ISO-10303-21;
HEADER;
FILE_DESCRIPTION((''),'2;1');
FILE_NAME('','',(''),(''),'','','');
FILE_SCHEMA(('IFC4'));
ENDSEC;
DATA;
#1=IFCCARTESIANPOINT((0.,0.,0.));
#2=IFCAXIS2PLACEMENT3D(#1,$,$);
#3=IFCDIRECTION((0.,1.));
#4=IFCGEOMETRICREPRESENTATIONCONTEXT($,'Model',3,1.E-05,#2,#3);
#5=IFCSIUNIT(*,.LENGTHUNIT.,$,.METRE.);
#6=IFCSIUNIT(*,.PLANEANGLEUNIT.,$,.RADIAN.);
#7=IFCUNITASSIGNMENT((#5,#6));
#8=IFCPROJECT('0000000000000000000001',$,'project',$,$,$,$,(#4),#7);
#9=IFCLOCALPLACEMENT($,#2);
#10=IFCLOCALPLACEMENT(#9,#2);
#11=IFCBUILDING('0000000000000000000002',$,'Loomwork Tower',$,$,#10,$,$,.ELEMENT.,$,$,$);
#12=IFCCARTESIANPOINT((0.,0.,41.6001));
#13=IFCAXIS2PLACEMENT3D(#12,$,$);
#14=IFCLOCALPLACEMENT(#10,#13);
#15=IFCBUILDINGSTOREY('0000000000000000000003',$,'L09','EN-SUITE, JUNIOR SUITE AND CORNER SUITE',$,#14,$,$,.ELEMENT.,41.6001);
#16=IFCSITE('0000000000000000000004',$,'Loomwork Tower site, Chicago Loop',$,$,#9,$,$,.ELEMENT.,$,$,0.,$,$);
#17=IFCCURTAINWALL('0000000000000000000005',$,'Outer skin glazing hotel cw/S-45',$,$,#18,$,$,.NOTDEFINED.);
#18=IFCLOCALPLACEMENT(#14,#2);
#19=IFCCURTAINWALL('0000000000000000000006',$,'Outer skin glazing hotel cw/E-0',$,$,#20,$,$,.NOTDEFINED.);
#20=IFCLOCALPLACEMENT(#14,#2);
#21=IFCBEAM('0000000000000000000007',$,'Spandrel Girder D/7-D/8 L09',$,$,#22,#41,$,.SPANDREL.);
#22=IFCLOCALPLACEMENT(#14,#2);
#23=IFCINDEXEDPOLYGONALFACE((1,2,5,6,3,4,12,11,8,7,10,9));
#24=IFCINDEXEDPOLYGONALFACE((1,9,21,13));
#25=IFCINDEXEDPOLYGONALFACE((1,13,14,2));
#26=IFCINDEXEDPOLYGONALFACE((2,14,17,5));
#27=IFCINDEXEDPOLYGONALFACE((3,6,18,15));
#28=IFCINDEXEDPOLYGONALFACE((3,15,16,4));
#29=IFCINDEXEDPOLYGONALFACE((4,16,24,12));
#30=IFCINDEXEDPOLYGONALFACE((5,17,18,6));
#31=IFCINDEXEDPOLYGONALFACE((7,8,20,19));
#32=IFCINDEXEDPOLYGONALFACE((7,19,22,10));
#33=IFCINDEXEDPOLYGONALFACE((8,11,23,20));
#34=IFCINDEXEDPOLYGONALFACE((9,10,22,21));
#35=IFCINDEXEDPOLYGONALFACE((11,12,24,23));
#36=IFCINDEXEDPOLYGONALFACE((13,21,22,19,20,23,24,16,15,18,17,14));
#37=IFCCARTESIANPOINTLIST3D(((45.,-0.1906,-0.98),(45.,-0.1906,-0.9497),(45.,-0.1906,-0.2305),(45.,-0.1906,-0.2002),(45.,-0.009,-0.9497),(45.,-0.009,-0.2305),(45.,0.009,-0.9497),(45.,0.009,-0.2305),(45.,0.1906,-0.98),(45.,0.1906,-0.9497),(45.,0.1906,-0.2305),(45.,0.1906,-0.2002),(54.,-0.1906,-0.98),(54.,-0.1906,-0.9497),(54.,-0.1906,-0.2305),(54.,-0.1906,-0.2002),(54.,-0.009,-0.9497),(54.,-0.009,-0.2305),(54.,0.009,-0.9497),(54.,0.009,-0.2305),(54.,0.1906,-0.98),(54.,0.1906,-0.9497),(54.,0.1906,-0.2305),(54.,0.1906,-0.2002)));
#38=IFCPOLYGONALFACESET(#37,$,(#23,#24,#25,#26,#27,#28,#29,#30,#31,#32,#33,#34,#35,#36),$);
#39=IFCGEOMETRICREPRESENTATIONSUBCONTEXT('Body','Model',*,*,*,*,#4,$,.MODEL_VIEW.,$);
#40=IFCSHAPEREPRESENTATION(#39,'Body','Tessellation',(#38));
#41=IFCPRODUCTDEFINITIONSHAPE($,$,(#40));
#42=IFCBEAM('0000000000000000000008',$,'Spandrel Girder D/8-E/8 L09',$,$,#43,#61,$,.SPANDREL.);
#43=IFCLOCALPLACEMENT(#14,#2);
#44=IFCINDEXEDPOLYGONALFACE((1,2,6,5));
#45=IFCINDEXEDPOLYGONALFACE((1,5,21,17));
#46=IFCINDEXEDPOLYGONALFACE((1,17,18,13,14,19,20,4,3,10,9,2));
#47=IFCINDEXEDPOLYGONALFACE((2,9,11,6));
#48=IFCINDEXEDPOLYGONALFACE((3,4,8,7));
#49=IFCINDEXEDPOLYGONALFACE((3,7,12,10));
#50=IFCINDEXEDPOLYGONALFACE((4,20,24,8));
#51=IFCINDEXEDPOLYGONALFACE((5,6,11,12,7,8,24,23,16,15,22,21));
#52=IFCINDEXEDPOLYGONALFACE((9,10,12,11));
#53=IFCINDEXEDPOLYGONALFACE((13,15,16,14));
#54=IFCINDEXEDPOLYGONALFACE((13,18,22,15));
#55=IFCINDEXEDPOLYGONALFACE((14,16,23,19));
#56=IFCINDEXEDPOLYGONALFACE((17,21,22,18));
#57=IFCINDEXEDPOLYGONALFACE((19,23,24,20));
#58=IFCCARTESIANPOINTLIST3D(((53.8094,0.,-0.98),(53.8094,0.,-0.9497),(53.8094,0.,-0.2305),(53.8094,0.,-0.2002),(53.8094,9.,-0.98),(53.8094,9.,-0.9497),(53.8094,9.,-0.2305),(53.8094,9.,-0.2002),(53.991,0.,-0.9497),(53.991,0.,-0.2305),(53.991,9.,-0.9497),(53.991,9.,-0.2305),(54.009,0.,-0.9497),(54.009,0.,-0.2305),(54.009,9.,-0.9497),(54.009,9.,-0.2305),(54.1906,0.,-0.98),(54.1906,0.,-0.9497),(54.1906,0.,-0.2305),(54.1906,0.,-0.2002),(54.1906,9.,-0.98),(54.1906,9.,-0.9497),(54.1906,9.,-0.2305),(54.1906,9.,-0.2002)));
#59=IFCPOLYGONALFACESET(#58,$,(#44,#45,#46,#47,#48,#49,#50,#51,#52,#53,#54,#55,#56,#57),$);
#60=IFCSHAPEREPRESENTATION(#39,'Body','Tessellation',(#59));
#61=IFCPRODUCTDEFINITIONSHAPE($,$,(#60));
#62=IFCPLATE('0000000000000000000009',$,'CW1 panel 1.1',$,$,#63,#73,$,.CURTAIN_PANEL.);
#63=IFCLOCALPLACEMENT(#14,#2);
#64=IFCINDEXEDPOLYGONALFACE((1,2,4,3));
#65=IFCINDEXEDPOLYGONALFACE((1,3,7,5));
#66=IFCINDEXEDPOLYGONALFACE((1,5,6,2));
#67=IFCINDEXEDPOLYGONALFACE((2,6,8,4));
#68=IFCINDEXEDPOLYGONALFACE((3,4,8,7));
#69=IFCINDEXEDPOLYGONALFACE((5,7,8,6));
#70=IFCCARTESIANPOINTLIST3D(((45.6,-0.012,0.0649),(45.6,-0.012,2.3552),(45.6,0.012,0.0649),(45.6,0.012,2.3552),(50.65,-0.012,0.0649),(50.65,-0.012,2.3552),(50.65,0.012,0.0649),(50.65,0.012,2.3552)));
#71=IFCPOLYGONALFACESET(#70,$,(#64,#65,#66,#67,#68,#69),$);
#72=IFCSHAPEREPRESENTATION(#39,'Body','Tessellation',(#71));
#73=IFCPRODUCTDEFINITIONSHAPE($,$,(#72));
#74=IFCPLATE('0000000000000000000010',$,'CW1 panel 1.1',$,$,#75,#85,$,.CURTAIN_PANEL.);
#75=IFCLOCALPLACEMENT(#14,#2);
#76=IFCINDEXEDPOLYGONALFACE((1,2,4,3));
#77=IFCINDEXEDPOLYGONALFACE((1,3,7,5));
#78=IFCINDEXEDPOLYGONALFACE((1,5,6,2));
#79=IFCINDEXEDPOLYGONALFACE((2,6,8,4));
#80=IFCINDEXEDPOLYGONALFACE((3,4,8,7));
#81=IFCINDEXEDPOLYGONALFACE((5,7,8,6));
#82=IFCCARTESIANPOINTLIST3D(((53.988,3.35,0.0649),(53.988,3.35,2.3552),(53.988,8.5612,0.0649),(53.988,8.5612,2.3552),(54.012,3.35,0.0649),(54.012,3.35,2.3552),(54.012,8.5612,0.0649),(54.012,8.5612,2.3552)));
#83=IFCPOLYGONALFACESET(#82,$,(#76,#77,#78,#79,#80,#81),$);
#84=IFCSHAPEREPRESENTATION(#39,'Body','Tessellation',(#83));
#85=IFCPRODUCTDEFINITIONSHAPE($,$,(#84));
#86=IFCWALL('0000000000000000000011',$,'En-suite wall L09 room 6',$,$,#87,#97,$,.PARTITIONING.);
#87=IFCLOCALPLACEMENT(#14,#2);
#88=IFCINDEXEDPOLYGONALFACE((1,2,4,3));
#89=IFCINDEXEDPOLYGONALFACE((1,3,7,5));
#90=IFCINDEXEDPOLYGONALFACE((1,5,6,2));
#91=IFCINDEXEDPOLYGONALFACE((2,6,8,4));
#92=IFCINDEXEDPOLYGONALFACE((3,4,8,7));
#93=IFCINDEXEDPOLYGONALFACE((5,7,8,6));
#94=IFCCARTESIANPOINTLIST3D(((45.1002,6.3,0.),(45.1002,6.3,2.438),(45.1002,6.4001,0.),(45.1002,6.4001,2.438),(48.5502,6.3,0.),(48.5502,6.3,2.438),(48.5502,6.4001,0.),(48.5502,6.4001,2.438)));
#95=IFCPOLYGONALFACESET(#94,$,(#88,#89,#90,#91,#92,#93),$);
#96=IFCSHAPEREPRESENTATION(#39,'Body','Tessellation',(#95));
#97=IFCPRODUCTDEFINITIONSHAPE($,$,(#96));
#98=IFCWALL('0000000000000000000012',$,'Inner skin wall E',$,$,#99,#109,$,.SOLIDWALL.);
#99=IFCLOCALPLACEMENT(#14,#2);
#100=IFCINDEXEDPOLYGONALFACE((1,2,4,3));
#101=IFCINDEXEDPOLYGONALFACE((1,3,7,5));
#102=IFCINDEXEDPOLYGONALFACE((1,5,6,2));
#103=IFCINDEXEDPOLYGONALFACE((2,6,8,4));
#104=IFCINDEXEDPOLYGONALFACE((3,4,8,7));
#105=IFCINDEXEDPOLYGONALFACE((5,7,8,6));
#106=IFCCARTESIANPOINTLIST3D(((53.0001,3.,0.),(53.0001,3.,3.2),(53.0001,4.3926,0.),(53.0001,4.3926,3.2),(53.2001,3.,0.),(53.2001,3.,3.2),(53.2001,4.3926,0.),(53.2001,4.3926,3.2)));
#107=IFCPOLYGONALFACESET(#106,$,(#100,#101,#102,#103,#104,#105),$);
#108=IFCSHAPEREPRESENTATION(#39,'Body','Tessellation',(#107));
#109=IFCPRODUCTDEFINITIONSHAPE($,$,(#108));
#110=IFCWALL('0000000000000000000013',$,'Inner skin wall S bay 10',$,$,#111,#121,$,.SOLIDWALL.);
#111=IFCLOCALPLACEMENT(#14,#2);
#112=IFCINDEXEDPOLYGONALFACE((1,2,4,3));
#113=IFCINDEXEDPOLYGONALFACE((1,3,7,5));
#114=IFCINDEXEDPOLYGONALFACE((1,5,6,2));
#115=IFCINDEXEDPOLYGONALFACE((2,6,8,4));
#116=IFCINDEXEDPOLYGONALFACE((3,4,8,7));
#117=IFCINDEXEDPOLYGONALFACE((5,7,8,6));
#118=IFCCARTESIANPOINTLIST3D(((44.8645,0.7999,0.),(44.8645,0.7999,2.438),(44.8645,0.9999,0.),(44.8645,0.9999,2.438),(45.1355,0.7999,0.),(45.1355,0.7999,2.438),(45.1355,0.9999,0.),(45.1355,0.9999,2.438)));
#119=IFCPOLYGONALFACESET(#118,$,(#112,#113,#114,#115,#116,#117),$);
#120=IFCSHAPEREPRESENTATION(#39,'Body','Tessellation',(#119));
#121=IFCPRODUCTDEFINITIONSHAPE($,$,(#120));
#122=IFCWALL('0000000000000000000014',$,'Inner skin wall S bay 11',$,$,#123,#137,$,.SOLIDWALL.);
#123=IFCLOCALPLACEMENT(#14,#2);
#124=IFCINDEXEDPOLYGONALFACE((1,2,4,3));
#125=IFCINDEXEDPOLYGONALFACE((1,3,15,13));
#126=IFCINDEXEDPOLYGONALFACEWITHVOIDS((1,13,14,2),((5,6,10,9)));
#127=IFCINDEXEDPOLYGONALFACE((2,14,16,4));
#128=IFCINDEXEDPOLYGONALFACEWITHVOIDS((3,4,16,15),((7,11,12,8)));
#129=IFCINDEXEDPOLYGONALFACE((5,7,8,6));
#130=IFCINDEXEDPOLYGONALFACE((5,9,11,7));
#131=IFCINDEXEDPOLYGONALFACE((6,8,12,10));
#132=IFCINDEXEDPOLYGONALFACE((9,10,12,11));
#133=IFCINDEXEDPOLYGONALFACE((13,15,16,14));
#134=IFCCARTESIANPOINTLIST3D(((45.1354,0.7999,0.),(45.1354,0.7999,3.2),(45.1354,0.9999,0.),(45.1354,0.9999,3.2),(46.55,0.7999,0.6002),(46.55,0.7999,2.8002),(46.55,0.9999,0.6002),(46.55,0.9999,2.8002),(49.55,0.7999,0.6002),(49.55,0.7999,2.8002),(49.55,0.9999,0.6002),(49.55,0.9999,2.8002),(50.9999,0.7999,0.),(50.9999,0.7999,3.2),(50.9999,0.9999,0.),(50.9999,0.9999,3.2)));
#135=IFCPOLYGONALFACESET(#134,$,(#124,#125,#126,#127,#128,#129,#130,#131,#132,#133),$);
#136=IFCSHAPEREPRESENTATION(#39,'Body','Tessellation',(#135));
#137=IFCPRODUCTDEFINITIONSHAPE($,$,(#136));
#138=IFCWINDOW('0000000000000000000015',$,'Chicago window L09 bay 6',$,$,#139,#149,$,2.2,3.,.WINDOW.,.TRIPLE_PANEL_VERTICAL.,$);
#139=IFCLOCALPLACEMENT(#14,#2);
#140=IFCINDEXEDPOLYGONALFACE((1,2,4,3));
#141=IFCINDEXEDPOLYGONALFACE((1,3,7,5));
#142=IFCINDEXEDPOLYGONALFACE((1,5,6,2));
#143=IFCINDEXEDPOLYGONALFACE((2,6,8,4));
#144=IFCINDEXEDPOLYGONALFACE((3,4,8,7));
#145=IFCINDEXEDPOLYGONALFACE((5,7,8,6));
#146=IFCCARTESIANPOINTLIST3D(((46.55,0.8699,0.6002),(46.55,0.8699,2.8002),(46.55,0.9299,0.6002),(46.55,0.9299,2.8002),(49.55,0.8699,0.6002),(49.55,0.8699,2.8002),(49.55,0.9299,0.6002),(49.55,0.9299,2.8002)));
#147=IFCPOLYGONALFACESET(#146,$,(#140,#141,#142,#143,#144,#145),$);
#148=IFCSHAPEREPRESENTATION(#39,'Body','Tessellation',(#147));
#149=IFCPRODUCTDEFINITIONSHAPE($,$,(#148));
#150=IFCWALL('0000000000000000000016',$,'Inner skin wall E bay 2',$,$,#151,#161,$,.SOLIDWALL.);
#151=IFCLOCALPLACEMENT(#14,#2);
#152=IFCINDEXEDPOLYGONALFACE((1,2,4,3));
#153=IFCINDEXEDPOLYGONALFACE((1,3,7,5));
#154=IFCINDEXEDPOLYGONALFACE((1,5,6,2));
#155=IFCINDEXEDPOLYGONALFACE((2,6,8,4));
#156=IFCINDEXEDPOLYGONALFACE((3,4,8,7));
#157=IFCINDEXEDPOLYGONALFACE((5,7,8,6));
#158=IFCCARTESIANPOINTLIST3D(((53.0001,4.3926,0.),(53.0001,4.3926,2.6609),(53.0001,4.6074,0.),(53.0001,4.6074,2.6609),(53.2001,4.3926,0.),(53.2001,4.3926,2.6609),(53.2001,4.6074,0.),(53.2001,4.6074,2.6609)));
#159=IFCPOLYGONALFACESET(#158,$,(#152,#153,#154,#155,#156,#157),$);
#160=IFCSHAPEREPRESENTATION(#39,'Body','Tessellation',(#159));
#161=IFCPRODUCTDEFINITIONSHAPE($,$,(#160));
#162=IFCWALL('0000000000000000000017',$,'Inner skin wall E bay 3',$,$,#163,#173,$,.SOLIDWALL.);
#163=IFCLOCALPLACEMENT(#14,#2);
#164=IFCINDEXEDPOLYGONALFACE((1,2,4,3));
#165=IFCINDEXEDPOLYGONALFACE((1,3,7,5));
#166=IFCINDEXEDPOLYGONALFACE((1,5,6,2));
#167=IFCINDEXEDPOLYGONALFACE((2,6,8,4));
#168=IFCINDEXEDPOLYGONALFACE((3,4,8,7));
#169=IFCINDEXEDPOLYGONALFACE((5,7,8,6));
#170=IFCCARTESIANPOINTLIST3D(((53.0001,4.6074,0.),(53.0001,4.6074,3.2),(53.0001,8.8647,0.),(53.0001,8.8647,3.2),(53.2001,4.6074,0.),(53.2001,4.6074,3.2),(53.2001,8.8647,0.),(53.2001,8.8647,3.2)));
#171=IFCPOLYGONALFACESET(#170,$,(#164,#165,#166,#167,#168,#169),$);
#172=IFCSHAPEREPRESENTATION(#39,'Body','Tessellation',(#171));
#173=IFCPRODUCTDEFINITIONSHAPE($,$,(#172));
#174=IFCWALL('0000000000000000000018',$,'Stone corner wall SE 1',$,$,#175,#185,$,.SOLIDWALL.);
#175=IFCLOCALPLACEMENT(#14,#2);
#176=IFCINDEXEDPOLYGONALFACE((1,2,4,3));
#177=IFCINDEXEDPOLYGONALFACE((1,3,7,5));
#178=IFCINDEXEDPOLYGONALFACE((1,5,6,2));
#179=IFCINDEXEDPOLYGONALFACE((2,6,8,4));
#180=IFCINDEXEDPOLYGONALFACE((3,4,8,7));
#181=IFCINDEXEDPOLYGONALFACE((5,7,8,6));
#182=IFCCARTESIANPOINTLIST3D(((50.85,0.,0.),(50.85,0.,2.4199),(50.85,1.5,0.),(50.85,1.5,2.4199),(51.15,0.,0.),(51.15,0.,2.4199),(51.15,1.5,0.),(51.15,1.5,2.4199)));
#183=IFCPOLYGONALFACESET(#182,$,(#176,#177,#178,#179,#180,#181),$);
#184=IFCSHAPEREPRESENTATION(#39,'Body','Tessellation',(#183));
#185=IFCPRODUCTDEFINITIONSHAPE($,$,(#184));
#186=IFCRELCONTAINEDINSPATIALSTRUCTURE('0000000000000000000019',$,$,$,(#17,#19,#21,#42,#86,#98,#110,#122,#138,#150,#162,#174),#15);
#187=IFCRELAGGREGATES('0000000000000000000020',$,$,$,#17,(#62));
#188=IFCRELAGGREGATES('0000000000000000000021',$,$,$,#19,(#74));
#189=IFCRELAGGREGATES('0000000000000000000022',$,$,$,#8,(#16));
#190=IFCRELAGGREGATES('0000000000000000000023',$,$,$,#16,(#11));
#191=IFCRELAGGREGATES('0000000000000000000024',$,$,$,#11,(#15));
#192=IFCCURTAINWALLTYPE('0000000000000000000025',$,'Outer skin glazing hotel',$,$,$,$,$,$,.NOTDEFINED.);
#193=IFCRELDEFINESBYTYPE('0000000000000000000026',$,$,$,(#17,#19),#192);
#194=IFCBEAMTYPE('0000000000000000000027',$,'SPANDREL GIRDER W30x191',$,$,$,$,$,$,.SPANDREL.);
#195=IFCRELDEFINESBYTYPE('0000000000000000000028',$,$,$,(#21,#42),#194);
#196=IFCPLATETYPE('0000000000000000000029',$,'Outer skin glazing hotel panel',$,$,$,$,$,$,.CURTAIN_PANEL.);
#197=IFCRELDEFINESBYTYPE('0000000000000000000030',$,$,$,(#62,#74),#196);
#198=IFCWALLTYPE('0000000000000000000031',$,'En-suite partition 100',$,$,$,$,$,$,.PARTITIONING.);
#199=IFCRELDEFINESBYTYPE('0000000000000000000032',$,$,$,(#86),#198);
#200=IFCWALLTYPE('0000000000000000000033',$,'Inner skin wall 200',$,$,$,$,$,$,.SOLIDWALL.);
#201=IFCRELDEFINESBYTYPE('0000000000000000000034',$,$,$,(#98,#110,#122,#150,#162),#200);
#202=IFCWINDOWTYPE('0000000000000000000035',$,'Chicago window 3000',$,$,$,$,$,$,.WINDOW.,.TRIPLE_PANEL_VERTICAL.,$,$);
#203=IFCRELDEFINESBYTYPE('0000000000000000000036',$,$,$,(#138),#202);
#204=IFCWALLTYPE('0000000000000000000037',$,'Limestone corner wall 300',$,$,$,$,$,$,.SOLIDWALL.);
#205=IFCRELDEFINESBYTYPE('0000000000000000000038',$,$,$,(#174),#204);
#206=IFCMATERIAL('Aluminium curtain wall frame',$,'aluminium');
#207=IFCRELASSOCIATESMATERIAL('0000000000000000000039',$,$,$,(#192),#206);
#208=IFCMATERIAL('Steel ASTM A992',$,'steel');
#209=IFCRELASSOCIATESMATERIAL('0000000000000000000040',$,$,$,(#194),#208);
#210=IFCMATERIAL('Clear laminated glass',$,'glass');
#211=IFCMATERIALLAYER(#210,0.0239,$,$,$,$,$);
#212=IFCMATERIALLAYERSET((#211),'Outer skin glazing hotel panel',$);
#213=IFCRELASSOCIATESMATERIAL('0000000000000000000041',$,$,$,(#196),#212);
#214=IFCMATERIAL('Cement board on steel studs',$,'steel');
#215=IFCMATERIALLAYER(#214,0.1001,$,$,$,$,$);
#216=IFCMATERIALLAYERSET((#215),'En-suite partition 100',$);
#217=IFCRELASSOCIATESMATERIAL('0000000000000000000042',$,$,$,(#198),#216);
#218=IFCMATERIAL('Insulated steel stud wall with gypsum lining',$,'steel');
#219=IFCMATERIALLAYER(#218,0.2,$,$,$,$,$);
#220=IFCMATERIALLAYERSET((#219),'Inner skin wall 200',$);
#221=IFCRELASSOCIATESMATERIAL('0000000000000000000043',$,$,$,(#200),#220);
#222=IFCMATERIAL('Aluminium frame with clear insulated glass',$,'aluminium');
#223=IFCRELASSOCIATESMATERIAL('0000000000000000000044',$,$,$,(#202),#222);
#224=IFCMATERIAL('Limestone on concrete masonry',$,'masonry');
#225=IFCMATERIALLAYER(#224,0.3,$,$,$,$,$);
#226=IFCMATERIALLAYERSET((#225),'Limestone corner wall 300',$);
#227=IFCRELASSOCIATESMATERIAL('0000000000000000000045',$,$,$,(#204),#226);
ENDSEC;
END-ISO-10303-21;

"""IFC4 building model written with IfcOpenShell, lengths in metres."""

from ifc_helpers import new_model, si_unit, direction, frame, frame_2d, origin, origin_2d, place, context, subcontext, project, spatial, rectangle, i_section, extrude, material, layer, layer_set, material_profile, profile_set, type_object, element, fill, aggregate, save


model = new_model("IFC4")

# Units and contexts
model_context = context("Model", 3, precision=1e-05, world=origin(), true_north=direction((0.0, 1.0)))
body_context = subcontext(model_context, "Body", "Model", "MODEL_VIEW")
ifc_project = project(units=[si_unit("LENGTHUNIT", "METRE"), si_unit("PLANEANGLEUNIT", "RADIAN")], contexts=[model_context])

# Site, building, storey
site_placement = place(None, origin())
site = spatial("IfcSite", under=ifc_project, at=site_placement, Name="Loomwork Tower site, Chicago Loop", CompositionType="ELEMENT", RefElevation=0.0)
building_placement = place(site_placement, origin())
building = spatial("IfcBuilding", under=site, at=building_placement, Name="Loomwork Tower", CompositionType="ELEMENT")
storey_placement = place(building_placement, frame((0.0, 0.0, 41.6001)))
storey = spatial("IfcBuildingStorey", under=building, at=storey_placement, Name="L09", Description="EN-SUITE, JUNIOR SUITE AND CORNER SUITE", CompositionType="ELEMENT", Elevation=41.6001)

# Curtain wall
ifc_material_1 = material(Name="Aluminium curtain wall frame", Category="aluminium")
curtain_wall_type = type_object("IfcCurtainWallType", Name="Outer skin glazing hotel", PredefinedType="NOTDEFINED", material=ifc_material_1)
curtain_wall_1_placement = place(storey_placement, origin())
curtain_wall_1 = element("IfcCurtainWall", 1, at=curtain_wall_1_placement, inside=storey, type_object=curtain_wall_type, Name="Outer skin glazing hotel cw/S-45", PredefinedType="NOTDEFINED")

# Curtain wall
curtain_wall_2_placement = place(storey_placement, origin())
curtain_wall_2 = element("IfcCurtainWall", 2, at=curtain_wall_2_placement, inside=storey, type_object=curtain_wall_type, Name="Outer skin glazing hotel cw/E-0", PredefinedType="NOTDEFINED")

# Beams
ifc_material_2 = material(Name="Steel ASTM A992", Category="steel")
ifc_material_profile_1 = material_profile(ifc_material_2, i_section(OverallWidth=0.3811, OverallDepth=0.7798, WebThickness=0.0181, FlangeThickness=0.0303, at=origin_2d()), Name="W30x191")
ifc_profile_set_1 = profile_set([ifc_material_profile_1], Name="Steel ASTM A992")
beam_type_1 = type_object("IfcBeamType", Name="SPANDREL GIRDER W30x191", PredefinedType="SPANDREL", material=ifc_profile_set_1)
for number, where, z_axis, x_axis, name in (
    (3, (45.0, 0.0, -0.5901), (1.0, 0.0, 0.0), (0.0, 1.0, 0.0), "Spandrel Girder D/7-D/8 L09"),
    (4, (54.0, 0.0, -0.5901), (0.0, 1.0, 0.0), (-1.0, 0.0, 0.0), "Spandrel Girder D/8-E/8 L09"),
):
    element("IfcBeam", number, at=place(storey_placement, frame(where, z_axis=z_axis, x_axis=x_axis)), inside=storey, type_object=beam_type_1, Name=name, PredefinedType="SPANDREL", context=body_context, shape_type="SweptSolid", body=[
        extrude(i_section(OverallWidth=0.3811, OverallDepth=0.7798, WebThickness=0.0181, FlangeThickness=0.0303, at=origin_2d()), origin(), (0.0, 0.0, 1.0), 9.0),
    ])

# Plates
ifc_material_3 = material(Name="Clear laminated glass", Category="glass")
ifc_layer_1 = layer(ifc_material_3, 0.0239)
ifc_layer_set_1 = layer_set([ifc_layer_1], Name="Outer skin glazing hotel panel")
plate_type = type_object("IfcPlateType", Name="Outer skin glazing hotel panel", PredefinedType="CURTAIN_PANEL", material=ifc_layer_set_1)
plate_1_placement = place(storey_placement, frame((48.125, 0.0, 0.0649), z_axis=(0.0, 0.0, 1.0), x_axis=(1.0, 0.0, 0.0)))
plate_1 = element("IfcPlate", 5, at=plate_1_placement, type_object=plate_type, Name="CW1 panel 1.1", PredefinedType="CURTAIN_PANEL", context=body_context, shape_type="SweptSolid", body=[
    extrude(rectangle(XDim=5.05, YDim=0.0239, at=origin_2d()), origin(), (0.0, 0.0, 1.0), 2.2903),
])
aggregate(curtain_wall_1, [plate_1])
plate_2_placement = place(storey_placement, frame((54.0, 5.9556, 0.0649), z_axis=(0.0, 0.0, 1.0), x_axis=(0.0, 1.0, 0.0)))
plate_2 = element("IfcPlate", 6, at=plate_2_placement, type_object=plate_type, Name="CW1 panel 1.1", PredefinedType="CURTAIN_PANEL", context=body_context, shape_type="SweptSolid", body=[
    extrude(rectangle(XDim=5.2112, YDim=0.0239, at=origin_2d()), origin(), (0.0, 0.0, 1.0), 2.2903),
])
aggregate(curtain_wall_2, [plate_2])

# Walls
ifc_material_4 = material(Name="Cement board on steel studs", Category="steel")
ifc_layer_2 = layer(ifc_material_4, 0.1001)
ifc_layer_set_2 = layer_set([ifc_layer_2], Name="En-suite partition 100")
wall_type_1 = type_object("IfcWallType", Name="En-suite partition 100", PredefinedType="PARTITIONING", material=ifc_layer_set_2)
wall_1_placement = place(storey_placement, frame((45.1001, 6.3501, 0.0), z_axis=(0.0, 0.0, 1.0), x_axis=(1.0, 0.0, 0.0)))
element("IfcWall", 7, at=wall_1_placement, inside=storey, type_object=wall_type_1, Name="En-suite wall L09 room 6", PredefinedType="PARTITIONING", context=body_context, shape_type="SweptSolid", body=[
    extrude(rectangle(XDim=3.45, YDim=0.1001, at=frame_2d((1.7251, 0.0))), origin(), (0.0, 0.0, 1.0), 2.438),
])
ifc_material_5 = material(Name="Insulated steel stud wall with gypsum lining", Category="steel")
ifc_layer_3 = layer(ifc_material_5, 0.2)
ifc_layer_set_3 = layer_set([ifc_layer_3], Name="Inner skin wall 200")
wall_type_2 = type_object("IfcWallType", Name="Inner skin wall 200", PredefinedType="SOLIDWALL", material=ifc_layer_set_3)
wall_2_placement = place(storey_placement, frame((53.1001, 3.0, 0.0), z_axis=(0.0, 0.0, 1.0), x_axis=(0.0, 1.0, 0.0)))
element("IfcWall", 8, at=wall_2_placement, inside=storey, type_object=wall_type_2, Name="Inner skin wall E", PredefinedType="SOLIDWALL", context=body_context, shape_type="SweptSolid", body=[
    extrude(rectangle(XDim=1.3926, YDim=0.2, at=frame_2d((0.6963, 0.0))), origin(), (0.0, 0.0, 1.0), 3.2),
])
wall_3_placement = place(storey_placement, frame((44.8645, 0.8999, 0.0), z_axis=(0.0, 0.0, 1.0), x_axis=(1.0, 0.0, 0.0)))
element("IfcWall", 9, at=wall_3_placement, inside=storey, type_object=wall_type_2, Name="Inner skin wall S bay 10", PredefinedType="SOLIDWALL", context=body_context, shape_type="SweptSolid", body=[
    extrude(rectangle(XDim=0.271, YDim=0.2, at=frame_2d((0.1355, 0.0))), origin(), (0.0, 0.0, 1.0), 2.438),
])

# Wall, opening, window
wall_4_placement = place(storey_placement, frame((45.1355, 0.8999, 0.0), z_axis=(0.0, 0.0, 1.0), x_axis=(1.0, 0.0, 0.0)))
wall_4 = element("IfcWall", 10, at=wall_4_placement, inside=storey, type_object=wall_type_2, Name="Inner skin wall S bay 11", PredefinedType="SOLIDWALL", context=body_context, shape_type="SweptSolid", body=[
    extrude(rectangle(XDim=5.8645, YDim=0.2, at=frame_2d((2.9321, 0.0))), origin(), (0.0, 0.0, 1.0), 3.2),
])
opening_1_placement = place(wall_4_placement, frame((1.4146, 0.0, 0.6001)))
opening_1 = element("IfcOpeningElement", 11, at=opening_1_placement, cuts=wall_4, PredefinedType="OPENING", context=body_context, shape_type="SweptSolid", body=[
    extrude(rectangle(XDim=3.0, YDim=2.2, at=frame_2d((1.5, 1.1001))), frame((0.0, 0.1099, 0.0), z_axis=(0.0, -1.0, 0.0), x_axis=(1.0, 0.0, 0.0)), (0.0, 0.0, 1.0), 0.22),
])
ifc_material_6 = material(Name="Aluminium frame with clear insulated glass", Category="aluminium")
window_type_1 = type_object("IfcWindowType", Name="Chicago window 3000", PartitioningType="TRIPLE_PANEL_VERTICAL", PredefinedType="WINDOW", material=ifc_material_6)
window_1_placement = place(opening_1_placement, origin())
window_1 = element("IfcWindow", 12, at=window_1_placement, inside=storey, type_object=window_type_1, Name="Chicago window L09 bay 6", OverallHeight=2.2, OverallWidth=3.0, PartitioningType="TRIPLE_PANEL_VERTICAL", PredefinedType="WINDOW", context=body_context, shape_type="SweptSolid", body=[
    extrude(rectangle(XDim=3.0, YDim=2.2, at=frame_2d((1.5, 1.1001))), frame((0.0, 0.03, 0.0), z_axis=(0.0, -1.0, 0.0), x_axis=(1.0, 0.0, 0.0)), (0.0, 0.0, 1.0), 0.0601),
])
fill(opening_1, window_1)

# Walls
wall_5_placement = place(storey_placement, frame((53.1001, 4.3926, 0.0), z_axis=(0.0, 0.0, 1.0), x_axis=(0.0, 1.0, 0.0)))
element("IfcWall", 13, at=wall_5_placement, inside=storey, type_object=wall_type_2, Name="Inner skin wall E bay 2", PredefinedType="SOLIDWALL", context=body_context, shape_type="SweptSolid", body=[
    extrude(rectangle(XDim=0.2148, YDim=0.2, at=frame_2d((0.1074, 0.0))), origin(), (0.0, 0.0, 1.0), 2.6609),
])
wall_6_placement = place(storey_placement, frame((53.1001, 4.6074, 0.0), z_axis=(0.0, 0.0, 1.0), x_axis=(0.0, 1.0, 0.0)))
element("IfcWall", 14, at=wall_6_placement, inside=storey, type_object=wall_type_2, Name="Inner skin wall E bay 3", PredefinedType="SOLIDWALL", context=body_context, shape_type="SweptSolid", body=[
    extrude(rectangle(XDim=4.2573, YDim=0.2, at=frame_2d((2.1287, 0.0))), origin(), (0.0, 0.0, 1.0), 3.2),
])
ifc_material_7 = material(Name="Limestone on concrete masonry", Category="masonry")
ifc_layer_4 = layer(ifc_material_7, 0.3)
ifc_layer_set_4 = layer_set([ifc_layer_4], Name="Limestone corner wall 300")
wall_type_3 = type_object("IfcWallType", Name="Limestone corner wall 300", PredefinedType="SOLIDWALL", material=ifc_layer_set_4)
wall_7_placement = place(storey_placement, frame((51.0, 0.0, 0.0), z_axis=(0.0, 0.0, 1.0), x_axis=(0.0, 1.0, 0.0)))
element("IfcWall", 15, at=wall_7_placement, inside=storey, type_object=wall_type_3, Name="Stone corner wall SE 1", PredefinedType="SOLIDWALL", context=body_context, shape_type="SweptSolid", body=[
    extrude(rectangle(XDim=1.5, YDim=0.3, at=frame_2d((0.75, 0.0))), origin(), (0.0, 0.0, 1.0), 2.4199),
])

save(model, "model.ifc")
